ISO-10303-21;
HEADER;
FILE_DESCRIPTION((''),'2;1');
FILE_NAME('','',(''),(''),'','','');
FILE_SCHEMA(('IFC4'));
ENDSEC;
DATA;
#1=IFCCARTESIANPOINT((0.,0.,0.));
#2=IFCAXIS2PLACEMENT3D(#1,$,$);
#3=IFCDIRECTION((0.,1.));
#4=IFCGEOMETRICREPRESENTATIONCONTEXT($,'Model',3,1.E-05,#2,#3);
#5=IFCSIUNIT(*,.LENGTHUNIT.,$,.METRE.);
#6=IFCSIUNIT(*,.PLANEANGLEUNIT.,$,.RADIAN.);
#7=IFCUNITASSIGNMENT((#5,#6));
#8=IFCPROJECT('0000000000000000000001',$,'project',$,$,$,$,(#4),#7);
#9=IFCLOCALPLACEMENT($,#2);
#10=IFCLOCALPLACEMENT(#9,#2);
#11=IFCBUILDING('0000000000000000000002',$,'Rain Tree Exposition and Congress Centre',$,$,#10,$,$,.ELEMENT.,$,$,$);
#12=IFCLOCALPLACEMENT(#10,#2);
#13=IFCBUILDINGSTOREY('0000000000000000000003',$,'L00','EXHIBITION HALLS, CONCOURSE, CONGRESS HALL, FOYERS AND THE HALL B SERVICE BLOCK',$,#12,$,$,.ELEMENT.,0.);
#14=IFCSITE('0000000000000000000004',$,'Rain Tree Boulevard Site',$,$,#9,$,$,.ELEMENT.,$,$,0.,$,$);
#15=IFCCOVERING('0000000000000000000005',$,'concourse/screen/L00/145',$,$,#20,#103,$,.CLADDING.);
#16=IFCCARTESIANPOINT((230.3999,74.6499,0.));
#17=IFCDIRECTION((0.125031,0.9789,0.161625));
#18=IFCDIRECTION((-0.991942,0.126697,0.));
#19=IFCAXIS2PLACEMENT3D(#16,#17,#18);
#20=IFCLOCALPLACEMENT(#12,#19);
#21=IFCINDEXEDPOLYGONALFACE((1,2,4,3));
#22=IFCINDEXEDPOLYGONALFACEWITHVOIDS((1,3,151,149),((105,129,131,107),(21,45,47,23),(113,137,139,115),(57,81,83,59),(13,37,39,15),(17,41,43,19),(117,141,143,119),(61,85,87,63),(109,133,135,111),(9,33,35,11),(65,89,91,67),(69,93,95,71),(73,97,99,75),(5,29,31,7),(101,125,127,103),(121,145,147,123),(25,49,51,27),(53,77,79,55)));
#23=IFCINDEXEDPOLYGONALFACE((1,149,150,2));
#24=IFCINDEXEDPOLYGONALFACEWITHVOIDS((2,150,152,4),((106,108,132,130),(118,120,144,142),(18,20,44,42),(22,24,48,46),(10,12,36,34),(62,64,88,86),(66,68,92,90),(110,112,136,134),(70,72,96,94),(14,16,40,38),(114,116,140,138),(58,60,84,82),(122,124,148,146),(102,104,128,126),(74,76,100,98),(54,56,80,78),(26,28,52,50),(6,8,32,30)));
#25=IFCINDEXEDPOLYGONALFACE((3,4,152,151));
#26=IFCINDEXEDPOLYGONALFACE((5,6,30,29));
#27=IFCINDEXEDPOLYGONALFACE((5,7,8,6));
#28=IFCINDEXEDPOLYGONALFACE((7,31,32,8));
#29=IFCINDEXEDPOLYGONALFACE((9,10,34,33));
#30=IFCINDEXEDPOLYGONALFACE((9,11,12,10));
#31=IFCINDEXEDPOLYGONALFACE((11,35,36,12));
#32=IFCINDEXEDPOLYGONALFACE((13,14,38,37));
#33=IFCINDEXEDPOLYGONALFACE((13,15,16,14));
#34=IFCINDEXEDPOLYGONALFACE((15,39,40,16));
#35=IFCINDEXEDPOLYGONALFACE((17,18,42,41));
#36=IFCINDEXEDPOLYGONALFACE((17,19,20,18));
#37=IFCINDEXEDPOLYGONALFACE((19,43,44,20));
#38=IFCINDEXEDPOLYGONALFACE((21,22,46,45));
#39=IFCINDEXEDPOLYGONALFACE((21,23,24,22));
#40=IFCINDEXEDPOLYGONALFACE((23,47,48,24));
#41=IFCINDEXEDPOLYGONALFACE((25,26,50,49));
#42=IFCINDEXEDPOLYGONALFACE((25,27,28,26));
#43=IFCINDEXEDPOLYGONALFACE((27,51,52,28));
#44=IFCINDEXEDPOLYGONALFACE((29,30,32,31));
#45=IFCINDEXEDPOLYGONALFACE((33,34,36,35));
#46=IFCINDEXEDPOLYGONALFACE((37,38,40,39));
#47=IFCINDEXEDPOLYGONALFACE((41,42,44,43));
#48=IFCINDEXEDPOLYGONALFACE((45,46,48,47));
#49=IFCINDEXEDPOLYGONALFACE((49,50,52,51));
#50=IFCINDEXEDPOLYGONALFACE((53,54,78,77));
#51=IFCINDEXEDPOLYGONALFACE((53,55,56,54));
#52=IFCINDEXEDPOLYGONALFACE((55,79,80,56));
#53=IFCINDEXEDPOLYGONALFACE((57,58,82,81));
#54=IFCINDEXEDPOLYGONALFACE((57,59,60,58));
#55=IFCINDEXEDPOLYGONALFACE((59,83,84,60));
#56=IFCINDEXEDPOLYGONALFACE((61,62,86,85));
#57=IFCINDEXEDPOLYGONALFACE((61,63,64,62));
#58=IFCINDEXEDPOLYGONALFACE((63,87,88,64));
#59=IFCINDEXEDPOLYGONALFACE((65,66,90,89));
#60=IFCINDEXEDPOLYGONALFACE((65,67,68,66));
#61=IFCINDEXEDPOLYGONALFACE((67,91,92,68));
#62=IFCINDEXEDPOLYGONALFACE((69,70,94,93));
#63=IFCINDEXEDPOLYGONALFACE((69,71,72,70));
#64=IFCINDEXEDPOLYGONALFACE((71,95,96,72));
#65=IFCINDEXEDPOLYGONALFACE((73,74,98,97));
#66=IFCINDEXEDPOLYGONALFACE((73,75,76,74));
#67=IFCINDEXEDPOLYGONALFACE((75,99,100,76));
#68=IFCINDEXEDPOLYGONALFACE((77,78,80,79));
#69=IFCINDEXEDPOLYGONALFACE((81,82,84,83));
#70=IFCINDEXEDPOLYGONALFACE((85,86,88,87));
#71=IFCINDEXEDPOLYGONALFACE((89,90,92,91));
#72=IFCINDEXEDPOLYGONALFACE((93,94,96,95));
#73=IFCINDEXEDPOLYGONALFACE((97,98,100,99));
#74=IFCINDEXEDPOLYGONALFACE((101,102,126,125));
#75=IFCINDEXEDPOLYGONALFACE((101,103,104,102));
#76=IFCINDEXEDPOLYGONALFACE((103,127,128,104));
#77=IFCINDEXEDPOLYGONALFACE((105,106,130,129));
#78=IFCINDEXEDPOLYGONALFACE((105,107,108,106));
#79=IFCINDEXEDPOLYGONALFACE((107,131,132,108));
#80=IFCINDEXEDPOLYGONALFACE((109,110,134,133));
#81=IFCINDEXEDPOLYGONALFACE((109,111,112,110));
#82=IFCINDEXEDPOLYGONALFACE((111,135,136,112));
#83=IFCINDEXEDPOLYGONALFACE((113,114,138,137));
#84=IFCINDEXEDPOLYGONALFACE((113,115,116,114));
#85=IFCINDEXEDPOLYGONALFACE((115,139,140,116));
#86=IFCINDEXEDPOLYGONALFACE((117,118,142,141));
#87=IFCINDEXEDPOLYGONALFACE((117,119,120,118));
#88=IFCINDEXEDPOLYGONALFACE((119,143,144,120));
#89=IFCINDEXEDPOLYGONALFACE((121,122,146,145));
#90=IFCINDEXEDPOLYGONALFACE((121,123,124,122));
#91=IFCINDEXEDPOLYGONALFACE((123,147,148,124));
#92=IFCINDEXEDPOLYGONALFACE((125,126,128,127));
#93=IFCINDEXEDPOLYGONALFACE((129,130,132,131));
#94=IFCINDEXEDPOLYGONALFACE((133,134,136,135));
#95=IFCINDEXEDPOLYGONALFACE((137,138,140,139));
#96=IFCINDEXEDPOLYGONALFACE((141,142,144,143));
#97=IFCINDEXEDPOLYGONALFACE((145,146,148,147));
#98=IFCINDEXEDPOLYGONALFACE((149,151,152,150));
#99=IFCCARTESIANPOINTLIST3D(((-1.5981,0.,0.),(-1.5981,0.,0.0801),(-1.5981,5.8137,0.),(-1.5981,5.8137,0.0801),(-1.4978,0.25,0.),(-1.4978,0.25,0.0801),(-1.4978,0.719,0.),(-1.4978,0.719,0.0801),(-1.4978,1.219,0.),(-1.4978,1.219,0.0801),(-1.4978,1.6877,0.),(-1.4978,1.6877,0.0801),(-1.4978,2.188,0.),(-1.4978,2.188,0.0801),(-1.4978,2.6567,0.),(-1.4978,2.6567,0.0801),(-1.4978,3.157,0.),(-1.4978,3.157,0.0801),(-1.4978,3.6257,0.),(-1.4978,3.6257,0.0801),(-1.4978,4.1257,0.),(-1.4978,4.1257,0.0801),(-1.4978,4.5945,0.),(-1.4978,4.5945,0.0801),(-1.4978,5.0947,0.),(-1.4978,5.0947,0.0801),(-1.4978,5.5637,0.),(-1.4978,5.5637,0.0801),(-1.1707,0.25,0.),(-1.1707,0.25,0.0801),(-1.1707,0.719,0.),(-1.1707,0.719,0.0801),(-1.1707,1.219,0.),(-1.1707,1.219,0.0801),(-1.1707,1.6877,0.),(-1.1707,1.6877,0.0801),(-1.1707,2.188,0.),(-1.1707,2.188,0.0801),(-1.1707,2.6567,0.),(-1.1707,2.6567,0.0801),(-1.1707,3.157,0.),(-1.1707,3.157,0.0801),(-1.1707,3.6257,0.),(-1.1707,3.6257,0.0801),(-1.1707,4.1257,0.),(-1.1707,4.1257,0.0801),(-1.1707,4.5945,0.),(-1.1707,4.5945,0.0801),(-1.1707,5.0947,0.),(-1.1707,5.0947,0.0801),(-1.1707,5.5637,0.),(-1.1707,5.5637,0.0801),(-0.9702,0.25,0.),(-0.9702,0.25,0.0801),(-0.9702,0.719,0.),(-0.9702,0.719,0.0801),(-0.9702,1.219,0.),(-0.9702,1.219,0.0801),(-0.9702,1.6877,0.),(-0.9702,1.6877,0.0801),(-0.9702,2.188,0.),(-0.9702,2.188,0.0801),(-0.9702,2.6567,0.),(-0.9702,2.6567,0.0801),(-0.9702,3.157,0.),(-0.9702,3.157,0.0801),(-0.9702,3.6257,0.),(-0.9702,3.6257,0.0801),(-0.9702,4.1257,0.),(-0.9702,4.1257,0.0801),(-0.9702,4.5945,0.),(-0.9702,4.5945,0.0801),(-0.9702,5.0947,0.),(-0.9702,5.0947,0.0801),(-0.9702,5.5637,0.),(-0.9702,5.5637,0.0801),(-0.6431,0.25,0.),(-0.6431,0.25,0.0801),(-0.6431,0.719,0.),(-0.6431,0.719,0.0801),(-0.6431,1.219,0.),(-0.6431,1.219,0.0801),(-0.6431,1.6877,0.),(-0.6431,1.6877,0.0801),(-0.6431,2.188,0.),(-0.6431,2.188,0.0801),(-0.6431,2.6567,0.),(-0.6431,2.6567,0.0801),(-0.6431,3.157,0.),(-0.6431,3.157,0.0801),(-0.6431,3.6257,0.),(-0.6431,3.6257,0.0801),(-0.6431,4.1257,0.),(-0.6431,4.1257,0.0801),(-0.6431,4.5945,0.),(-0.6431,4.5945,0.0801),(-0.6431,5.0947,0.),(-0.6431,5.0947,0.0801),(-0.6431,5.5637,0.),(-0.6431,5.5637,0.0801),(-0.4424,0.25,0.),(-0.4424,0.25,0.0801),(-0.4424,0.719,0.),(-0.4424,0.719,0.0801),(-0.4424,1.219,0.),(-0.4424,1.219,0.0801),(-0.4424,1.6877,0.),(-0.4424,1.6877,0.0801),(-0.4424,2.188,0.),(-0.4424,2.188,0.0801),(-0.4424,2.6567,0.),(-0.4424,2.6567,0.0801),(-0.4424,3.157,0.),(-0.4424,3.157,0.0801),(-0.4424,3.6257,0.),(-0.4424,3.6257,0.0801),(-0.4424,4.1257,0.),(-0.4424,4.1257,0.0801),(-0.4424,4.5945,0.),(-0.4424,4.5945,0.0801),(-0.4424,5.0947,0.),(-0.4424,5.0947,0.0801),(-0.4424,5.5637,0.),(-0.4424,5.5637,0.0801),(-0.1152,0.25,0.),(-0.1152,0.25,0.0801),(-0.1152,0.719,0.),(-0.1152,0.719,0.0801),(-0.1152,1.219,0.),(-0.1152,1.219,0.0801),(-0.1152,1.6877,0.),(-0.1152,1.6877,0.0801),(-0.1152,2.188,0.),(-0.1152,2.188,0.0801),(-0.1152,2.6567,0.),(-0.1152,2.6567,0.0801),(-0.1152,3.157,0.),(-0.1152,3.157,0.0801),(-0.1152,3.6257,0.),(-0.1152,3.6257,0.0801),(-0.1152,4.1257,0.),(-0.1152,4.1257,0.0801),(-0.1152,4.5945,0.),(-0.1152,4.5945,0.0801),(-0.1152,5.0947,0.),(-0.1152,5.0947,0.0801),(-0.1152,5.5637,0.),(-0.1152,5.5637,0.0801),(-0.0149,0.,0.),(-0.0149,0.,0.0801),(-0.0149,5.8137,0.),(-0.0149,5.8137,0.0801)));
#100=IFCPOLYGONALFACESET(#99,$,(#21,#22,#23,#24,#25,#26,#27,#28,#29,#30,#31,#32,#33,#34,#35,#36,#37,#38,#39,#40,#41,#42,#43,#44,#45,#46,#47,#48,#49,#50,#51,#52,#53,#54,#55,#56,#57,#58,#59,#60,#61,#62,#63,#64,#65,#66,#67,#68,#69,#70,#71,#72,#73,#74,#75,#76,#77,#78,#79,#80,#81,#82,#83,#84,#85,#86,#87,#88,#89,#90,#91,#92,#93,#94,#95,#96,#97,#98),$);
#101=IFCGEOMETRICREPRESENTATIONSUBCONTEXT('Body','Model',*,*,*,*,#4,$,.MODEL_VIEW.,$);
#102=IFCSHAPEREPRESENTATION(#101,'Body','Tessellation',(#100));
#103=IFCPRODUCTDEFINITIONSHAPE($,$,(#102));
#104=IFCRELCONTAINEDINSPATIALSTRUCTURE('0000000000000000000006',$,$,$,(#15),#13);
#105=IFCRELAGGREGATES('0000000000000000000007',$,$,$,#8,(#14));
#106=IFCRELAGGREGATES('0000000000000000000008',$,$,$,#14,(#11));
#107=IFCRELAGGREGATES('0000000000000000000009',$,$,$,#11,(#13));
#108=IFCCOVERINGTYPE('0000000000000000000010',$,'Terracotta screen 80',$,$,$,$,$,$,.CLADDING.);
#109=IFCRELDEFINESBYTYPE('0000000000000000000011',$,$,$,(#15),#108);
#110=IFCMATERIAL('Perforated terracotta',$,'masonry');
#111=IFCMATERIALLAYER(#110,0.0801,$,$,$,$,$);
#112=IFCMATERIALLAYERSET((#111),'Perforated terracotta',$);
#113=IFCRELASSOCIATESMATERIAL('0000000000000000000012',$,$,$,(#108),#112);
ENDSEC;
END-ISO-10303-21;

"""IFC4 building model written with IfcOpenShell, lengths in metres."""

from ifc_helpers import new_model, si_unit, direction, frame, origin, place, context, subcontext, project, spatial, polyline, outline, extrude, material, layer, layer_set, type_object, element, save


model = new_model("IFC4")

# Units and contexts
model_context = context("Model", 3, precision=1e-05, world=origin(), true_north=direction((0.0, 1.0)))
body_context = subcontext(model_context, "Body", "Model", "MODEL_VIEW")
ifc_project = project(units=[si_unit("LENGTHUNIT", "METRE"), si_unit("PLANEANGLEUNIT", "RADIAN")], contexts=[model_context])

# Site, building, storey
site_placement = place(None, origin())
site = spatial("IfcSite", under=ifc_project, at=site_placement, Name="Rain Tree Boulevard Site", CompositionType="ELEMENT", RefElevation=0.0)
building_placement = place(site_placement, origin())
building = spatial("IfcBuilding", under=site, at=building_placement, Name="Rain Tree Exposition and Congress Centre", CompositionType="ELEMENT")
storey_placement = place(building_placement, origin())
storey = spatial("IfcBuildingStorey", under=building, at=storey_placement, Name="L00", Description="EXHIBITION HALLS, CONCOURSE, CONGRESS HALL, FOYERS AND THE HALL B SERVICE BLOCK", CompositionType="ELEMENT", Elevation=0.0)

# Covering
ifc_material_1 = material(Name="Perforated terracotta", Category="masonry")
ifc_layer_1 = layer(ifc_material_1, 0.0801)
ifc_layer_set_1 = layer_set([ifc_layer_1], Name="Perforated terracotta")
covering_type = type_object("IfcCoveringType", Name="Terracotta screen 80", PredefinedType="CLADDING", material=ifc_layer_set_1)
covering_1_placement = place(storey_placement, frame((230.3999, 74.6499, 0.0), z_axis=(0.125031, 0.9789, 0.161625), x_axis=(-0.991942, 0.126697, 0.0)))
element("IfcCovering", 1, at=covering_1_placement, inside=storey, type_object=covering_type, Name="concourse/screen/L00/145", PredefinedType="CLADDING", context=body_context, shape_type="SweptSolid", body=[
    extrude(outline(polyline([(-0.0149, 0.0), (-1.5981, 0.0), (-1.5981, 5.8137), (-0.0149, 5.8137), (-0.0149, 0.0)]), holes=[polyline([(-0.1152, 0.25), (-0.1152, 0.719), (-0.4424, 0.719), (-0.4424, 0.25), (-0.1152, 0.25)]), polyline([(-0.1152, 1.219), (-0.1152, 1.6877), (-0.4424, 1.6877), (-0.4424, 1.219), (-0.1152, 1.219)]), polyline([(-0.1152, 2.188), (-0.1152, 2.6567), (-0.4424, 2.6567), (-0.4424, 2.188), (-0.1152, 2.188)]), polyline([(-0.1152, 3.157), (-0.1152, 3.6257), (-0.4424, 3.6257), (-0.4424, 3.157), (-0.1152, 3.157)]), polyline([(-0.1152, 4.1257), (-0.1152, 4.5945), (-0.4424, 4.5945), (-0.4424, 4.1257), (-0.1152, 4.1257)]), polyline([(-0.1152, 5.0947), (-0.1152, 5.5637), (-0.4424, 5.5637), (-0.4424, 5.0947), (-0.1152, 5.0947)]), polyline([(-0.6431, 0.25), (-0.6431, 0.719), (-0.9702, 0.719), (-0.9702, 0.25), (-0.6431, 0.25)]), polyline([(-0.6431, 1.219), (-0.6431, 1.6877), (-0.9702, 1.6877), (-0.9702, 1.219), (-0.6431, 1.219)]), polyline([(-0.6431, 2.188), (-0.6431, 2.6567), (-0.9702, 2.6567), (-0.9702, 2.188), (-0.6431, 2.188)]), polyline([(-0.6431, 3.157), (-0.6431, 3.6257), (-0.9702, 3.6257), (-0.9702, 3.157), (-0.6431, 3.157)]), polyline([(-0.6431, 4.1257), (-0.6431, 4.5945), (-0.9702, 4.5945), (-0.9702, 4.1257), (-0.6431, 4.1257)]), polyline([(-0.6431, 5.0947), (-0.6431, 5.5637), (-0.9702, 5.5637), (-0.9702, 5.0947), (-0.6431, 5.0947)]), polyline([(-1.1707, 0.25), (-1.1707, 0.719), (-1.4978, 0.719), (-1.4978, 0.25), (-1.1707, 0.25)]), polyline([(-1.1707, 1.219), (-1.1707, 1.6877), (-1.4978, 1.6877), (-1.4978, 1.219), (-1.1707, 1.219)]), polyline([(-1.1707, 2.188), (-1.1707, 2.6567), (-1.4978, 2.6567), (-1.4978, 2.188), (-1.1707, 2.188)]), polyline([(-1.1707, 3.157), (-1.1707, 3.6257), (-1.4978, 3.6257), (-1.4978, 3.157), (-1.1707, 3.157)]), polyline([(-1.1707, 4.1257), (-1.1707, 4.5945), (-1.4978, 4.5945), (-1.4978, 4.1257), (-1.1707, 4.1257)]), polyline([(-1.1707, 5.0947), (-1.1707, 5.5637), (-1.4978, 5.5637), (-1.4978, 5.0947), (-1.1707, 5.0947)])]), origin(), (0.0, 0.0, 1.0), 0.0801),
])

save(model, "model.ifc")
